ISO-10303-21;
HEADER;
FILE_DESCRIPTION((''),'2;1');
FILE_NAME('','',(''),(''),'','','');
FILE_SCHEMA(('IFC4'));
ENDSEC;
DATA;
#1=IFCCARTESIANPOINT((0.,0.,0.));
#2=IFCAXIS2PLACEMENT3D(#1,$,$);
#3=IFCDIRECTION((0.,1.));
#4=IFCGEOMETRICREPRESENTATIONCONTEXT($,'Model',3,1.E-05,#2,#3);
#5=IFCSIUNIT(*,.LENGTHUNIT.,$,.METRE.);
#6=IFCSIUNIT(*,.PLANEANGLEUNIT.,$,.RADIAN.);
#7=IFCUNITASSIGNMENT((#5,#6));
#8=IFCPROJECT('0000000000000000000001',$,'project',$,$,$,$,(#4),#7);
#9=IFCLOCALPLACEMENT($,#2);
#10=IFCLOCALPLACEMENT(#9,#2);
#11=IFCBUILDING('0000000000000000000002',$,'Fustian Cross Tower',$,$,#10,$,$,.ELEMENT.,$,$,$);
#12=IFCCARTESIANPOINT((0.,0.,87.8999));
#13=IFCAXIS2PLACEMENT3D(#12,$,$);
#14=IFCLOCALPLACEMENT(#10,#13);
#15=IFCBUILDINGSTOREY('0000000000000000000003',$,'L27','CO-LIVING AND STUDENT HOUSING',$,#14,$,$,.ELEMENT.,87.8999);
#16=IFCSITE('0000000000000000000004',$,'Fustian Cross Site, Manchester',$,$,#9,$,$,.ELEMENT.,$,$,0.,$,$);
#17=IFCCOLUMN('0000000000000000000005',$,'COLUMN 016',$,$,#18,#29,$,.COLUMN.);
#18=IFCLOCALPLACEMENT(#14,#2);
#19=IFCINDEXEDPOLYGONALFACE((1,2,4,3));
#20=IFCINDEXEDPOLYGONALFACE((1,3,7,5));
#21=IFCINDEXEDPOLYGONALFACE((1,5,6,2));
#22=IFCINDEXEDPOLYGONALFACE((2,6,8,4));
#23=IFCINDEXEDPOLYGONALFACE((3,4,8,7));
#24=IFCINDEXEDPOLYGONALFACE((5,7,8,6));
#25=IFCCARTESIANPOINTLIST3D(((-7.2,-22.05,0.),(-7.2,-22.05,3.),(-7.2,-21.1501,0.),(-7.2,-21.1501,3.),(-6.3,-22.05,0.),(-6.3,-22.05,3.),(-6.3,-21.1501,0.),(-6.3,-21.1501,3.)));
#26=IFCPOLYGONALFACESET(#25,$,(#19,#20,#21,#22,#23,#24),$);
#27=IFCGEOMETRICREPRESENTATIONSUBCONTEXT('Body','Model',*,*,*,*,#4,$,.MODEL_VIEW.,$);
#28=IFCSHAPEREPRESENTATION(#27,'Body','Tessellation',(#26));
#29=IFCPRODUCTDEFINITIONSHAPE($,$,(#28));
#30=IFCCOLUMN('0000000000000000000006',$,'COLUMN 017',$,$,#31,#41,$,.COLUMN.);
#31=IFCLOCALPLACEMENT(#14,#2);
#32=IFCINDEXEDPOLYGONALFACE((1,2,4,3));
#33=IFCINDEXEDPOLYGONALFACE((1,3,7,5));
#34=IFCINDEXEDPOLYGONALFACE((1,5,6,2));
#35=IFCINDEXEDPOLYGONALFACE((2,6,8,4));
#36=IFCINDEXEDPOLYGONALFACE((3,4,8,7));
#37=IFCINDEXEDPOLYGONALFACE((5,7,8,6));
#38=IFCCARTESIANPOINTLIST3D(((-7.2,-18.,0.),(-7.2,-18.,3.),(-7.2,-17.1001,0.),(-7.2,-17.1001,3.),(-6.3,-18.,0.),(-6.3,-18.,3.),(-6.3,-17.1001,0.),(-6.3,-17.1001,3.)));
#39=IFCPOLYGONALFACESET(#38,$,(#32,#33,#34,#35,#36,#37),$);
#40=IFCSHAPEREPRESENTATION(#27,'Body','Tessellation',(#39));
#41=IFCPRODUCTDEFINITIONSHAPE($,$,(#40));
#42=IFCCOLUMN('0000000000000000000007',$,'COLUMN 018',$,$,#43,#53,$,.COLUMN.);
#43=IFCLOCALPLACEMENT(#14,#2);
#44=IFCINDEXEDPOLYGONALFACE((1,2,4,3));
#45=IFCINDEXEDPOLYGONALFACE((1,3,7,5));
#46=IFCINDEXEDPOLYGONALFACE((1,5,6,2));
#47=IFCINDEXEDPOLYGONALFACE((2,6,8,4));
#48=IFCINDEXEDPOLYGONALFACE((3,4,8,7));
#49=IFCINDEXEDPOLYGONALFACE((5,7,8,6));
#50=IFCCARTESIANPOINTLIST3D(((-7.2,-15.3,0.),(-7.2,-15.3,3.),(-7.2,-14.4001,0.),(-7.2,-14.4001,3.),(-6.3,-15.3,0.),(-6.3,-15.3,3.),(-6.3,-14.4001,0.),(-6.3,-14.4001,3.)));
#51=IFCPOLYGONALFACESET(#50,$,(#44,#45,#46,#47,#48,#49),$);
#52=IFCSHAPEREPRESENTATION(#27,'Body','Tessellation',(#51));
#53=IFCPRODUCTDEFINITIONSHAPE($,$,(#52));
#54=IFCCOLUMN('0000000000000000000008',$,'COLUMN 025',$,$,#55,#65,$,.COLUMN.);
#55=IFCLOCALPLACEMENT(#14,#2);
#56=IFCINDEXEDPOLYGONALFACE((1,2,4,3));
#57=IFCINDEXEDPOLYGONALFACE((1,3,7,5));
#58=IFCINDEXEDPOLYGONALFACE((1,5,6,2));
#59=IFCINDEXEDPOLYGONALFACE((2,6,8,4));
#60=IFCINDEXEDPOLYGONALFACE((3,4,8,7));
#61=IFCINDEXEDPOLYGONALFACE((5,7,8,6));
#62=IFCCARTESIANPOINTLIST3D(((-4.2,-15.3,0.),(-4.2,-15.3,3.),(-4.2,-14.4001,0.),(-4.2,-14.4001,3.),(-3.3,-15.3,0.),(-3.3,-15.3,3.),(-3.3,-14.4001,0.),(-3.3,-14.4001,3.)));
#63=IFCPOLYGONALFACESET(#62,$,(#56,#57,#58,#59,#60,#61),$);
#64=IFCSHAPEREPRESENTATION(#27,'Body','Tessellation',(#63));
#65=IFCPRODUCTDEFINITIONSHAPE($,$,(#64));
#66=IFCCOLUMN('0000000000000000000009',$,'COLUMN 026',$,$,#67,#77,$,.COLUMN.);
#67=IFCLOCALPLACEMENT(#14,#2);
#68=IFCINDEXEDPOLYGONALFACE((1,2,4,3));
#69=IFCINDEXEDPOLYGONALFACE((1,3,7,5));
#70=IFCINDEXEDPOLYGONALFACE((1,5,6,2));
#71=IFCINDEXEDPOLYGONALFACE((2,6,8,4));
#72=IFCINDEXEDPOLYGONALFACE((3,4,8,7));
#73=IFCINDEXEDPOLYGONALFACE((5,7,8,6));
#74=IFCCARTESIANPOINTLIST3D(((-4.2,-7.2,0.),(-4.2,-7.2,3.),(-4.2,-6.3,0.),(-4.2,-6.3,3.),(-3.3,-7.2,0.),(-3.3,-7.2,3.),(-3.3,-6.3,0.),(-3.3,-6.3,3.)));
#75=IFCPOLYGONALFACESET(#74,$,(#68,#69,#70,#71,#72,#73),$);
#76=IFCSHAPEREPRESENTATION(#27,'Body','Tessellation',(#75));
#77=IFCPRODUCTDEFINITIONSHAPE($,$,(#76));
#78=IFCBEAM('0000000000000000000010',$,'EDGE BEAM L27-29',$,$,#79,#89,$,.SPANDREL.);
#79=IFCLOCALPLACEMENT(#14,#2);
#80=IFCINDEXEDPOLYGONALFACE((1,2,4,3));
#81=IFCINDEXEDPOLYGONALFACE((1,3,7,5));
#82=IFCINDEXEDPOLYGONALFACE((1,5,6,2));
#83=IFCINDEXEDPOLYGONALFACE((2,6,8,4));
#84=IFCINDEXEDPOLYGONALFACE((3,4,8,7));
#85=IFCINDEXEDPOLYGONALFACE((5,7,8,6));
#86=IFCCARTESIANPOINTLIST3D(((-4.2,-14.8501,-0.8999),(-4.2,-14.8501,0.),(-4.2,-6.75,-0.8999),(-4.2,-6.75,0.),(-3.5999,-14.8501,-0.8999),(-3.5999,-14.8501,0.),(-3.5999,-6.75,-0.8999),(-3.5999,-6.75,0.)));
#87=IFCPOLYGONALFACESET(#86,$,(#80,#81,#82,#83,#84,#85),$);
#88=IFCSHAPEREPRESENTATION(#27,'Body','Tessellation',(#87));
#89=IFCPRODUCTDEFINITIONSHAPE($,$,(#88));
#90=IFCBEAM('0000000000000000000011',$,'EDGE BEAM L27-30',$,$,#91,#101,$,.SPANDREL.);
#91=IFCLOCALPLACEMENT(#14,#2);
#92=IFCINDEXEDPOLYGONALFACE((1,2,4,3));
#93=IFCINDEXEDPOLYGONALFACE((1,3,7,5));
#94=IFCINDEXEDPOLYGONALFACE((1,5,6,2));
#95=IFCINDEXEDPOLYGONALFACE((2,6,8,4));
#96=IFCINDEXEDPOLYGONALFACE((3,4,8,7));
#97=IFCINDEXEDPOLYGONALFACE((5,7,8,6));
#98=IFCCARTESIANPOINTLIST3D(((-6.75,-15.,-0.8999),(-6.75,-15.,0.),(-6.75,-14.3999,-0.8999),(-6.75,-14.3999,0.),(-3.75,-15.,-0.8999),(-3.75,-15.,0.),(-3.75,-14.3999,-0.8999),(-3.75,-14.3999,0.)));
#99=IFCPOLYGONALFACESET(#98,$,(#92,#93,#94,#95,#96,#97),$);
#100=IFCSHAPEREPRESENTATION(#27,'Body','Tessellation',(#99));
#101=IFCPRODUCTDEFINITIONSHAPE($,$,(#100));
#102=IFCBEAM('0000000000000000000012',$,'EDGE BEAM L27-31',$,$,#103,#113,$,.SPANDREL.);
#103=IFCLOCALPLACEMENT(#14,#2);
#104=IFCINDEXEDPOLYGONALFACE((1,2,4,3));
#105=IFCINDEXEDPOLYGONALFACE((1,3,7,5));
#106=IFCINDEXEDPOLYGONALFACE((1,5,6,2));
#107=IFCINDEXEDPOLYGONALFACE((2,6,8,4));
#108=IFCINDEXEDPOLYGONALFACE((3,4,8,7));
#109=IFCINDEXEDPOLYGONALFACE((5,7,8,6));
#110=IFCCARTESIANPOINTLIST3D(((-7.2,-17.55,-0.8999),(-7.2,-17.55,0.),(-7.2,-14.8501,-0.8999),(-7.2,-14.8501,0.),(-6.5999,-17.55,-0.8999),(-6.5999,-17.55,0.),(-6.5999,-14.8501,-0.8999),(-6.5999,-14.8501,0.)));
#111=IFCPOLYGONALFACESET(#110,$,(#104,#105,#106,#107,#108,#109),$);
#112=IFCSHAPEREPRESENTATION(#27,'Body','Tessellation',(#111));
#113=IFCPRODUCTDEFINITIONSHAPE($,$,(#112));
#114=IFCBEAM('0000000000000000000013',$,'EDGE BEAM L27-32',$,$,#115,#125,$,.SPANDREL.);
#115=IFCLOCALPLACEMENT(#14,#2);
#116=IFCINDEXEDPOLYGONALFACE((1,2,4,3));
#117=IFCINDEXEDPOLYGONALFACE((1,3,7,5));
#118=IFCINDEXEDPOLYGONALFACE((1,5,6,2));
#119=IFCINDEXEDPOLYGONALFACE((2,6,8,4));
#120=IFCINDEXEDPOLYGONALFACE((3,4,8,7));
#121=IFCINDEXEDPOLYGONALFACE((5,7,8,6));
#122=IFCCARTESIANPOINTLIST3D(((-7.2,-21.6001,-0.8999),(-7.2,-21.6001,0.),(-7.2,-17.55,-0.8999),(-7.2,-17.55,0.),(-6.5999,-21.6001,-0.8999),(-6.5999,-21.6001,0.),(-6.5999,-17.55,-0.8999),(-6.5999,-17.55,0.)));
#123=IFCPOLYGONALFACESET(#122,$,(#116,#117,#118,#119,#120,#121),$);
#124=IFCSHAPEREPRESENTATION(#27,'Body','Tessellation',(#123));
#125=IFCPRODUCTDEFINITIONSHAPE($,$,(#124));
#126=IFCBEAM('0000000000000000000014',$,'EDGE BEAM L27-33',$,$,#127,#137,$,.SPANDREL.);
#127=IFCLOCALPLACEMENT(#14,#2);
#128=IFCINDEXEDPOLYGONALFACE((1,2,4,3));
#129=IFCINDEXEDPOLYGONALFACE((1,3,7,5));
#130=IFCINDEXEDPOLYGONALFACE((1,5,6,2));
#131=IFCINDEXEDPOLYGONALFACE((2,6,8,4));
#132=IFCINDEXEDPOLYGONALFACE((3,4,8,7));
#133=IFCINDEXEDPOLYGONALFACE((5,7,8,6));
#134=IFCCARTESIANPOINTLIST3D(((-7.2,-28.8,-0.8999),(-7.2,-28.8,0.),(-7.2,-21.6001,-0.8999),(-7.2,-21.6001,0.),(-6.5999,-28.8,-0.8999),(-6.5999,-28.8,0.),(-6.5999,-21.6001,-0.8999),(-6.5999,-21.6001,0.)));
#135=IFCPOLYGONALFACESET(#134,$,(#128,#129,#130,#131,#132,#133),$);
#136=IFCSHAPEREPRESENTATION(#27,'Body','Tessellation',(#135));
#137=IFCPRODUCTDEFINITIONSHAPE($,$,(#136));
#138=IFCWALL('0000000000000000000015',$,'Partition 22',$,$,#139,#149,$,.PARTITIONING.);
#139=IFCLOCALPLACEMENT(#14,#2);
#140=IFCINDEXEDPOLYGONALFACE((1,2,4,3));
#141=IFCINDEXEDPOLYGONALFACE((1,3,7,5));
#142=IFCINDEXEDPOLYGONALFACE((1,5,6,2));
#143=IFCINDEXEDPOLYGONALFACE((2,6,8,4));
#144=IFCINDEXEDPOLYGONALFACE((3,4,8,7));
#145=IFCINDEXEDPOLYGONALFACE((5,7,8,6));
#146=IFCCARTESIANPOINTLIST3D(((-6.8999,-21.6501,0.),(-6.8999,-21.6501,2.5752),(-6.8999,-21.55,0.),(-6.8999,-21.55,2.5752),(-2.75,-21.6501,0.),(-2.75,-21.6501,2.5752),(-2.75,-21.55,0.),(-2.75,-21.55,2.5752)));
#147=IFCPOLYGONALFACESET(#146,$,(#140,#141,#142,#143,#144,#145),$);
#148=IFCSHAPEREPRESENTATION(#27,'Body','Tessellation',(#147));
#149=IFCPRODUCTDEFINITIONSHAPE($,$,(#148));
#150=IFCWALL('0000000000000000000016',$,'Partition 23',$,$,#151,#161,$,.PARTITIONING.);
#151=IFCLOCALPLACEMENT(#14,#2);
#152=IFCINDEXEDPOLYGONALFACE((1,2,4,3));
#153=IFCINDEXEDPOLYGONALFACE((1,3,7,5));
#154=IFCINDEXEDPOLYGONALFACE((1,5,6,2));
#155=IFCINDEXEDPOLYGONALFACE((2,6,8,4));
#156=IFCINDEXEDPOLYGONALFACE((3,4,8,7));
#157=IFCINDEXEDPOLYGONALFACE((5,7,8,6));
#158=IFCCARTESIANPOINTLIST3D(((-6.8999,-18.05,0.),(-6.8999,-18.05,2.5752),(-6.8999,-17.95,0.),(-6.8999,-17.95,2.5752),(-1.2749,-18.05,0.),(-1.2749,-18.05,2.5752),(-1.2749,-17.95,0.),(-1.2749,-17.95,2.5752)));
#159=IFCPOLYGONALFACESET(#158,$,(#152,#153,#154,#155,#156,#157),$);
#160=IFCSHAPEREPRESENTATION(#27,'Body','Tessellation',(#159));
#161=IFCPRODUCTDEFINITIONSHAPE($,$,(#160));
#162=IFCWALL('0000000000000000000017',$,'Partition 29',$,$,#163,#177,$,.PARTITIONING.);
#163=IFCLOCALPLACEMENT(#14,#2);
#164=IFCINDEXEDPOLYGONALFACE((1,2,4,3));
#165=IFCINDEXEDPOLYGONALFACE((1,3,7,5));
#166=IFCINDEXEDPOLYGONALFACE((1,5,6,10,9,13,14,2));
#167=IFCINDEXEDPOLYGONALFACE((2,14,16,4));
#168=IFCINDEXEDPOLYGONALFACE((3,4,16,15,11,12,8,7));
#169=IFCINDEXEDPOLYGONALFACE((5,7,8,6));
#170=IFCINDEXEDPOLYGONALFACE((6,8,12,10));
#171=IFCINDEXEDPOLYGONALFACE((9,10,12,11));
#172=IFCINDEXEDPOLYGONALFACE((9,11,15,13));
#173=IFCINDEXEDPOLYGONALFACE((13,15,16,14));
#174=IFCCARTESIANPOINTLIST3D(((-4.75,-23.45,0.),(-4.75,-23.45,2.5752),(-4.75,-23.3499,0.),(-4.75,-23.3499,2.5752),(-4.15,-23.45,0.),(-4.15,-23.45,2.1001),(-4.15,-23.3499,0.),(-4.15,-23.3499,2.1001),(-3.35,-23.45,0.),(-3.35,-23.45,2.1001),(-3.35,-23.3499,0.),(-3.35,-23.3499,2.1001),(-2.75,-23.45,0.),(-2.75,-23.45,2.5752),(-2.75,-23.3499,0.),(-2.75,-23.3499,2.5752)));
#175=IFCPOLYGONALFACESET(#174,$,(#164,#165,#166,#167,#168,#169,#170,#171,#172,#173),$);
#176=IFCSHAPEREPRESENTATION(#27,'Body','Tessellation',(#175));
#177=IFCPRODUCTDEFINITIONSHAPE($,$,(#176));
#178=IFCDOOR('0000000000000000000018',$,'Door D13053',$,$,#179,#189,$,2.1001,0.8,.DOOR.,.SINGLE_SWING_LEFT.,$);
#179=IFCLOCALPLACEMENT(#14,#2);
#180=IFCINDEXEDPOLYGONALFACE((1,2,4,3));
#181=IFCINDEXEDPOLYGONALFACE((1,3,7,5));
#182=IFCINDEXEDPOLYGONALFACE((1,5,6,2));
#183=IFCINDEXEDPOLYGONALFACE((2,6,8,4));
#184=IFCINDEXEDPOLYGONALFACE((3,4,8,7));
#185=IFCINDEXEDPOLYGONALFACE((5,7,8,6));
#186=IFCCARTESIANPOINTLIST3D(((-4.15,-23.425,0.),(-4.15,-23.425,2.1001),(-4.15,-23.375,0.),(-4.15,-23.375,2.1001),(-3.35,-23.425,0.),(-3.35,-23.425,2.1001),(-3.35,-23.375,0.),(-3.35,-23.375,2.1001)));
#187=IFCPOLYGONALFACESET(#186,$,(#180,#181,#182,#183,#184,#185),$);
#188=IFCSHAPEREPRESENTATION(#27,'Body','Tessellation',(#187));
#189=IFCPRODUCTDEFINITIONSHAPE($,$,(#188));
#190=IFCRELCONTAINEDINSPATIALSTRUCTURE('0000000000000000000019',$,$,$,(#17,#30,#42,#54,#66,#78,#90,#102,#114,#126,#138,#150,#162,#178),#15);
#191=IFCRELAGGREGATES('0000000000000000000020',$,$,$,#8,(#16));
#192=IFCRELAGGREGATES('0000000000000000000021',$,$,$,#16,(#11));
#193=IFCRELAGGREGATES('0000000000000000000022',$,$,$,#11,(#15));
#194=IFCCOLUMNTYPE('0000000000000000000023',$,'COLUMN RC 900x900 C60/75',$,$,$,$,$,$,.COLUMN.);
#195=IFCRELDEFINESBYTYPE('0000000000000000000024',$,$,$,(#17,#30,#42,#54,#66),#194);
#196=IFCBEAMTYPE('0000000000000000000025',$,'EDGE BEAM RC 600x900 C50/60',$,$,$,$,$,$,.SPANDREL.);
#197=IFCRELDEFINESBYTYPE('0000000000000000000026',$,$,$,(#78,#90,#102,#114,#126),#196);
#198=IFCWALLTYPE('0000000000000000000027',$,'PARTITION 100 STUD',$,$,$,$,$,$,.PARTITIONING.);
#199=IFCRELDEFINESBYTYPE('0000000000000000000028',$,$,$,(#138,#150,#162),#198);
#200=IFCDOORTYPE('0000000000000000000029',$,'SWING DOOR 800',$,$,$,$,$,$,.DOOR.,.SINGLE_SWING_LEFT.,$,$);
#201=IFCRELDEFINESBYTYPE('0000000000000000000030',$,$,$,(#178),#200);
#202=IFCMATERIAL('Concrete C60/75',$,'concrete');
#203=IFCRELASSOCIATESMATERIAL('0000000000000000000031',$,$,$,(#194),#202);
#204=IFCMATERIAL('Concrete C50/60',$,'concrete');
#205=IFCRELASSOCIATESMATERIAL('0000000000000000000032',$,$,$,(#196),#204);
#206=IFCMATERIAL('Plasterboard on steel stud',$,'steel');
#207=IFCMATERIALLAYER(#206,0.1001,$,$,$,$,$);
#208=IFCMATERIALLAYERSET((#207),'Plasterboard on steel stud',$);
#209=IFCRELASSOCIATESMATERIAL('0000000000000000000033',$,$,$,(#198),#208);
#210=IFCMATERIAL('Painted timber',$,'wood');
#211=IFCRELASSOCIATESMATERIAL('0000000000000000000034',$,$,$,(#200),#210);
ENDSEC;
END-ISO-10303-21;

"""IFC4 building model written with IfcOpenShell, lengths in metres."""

from ifc_helpers import new_model, si_unit, direction, frame, frame_2d, origin, origin_2d, place, context, subcontext, project, spatial, rectangle, extrude, material, layer, layer_set, material_profile, profile_set, type_object, element, fill, save


model = new_model("IFC4")

# Units and contexts
model_context = context("Model", 3, precision=1e-05, world=origin(), true_north=direction((0.0, 1.0)))
body_context = subcontext(model_context, "Body", "Model", "MODEL_VIEW")
ifc_project = project(units=[si_unit("LENGTHUNIT", "METRE"), si_unit("PLANEANGLEUNIT", "RADIAN")], contexts=[model_context])

# Site, building, storey
site_placement = place(None, origin())
site = spatial("IfcSite", under=ifc_project, at=site_placement, Name="Fustian Cross Site, Manchester", CompositionType="ELEMENT", RefElevation=0.0)
building_placement = place(site_placement, origin())
building = spatial("IfcBuilding", under=site, at=building_placement, Name="Fustian Cross Tower", CompositionType="ELEMENT")
storey_placement = place(building_placement, frame((0.0, 0.0, 87.8999)))
storey = spatial("IfcBuildingStorey", under=building, at=storey_placement, Name="L27", Description="CO-LIVING AND STUDENT HOUSING", CompositionType="ELEMENT", Elevation=87.8999)

# Columns
ifc_material_1 = material(Name="Concrete C60/75", Category="concrete")
ifc_material_profile_1 = material_profile(ifc_material_1, rectangle(XDim=0.8999, YDim=0.8999, at=origin_2d()), Name="RC 900x900")
ifc_profile_set_1 = profile_set([ifc_material_profile_1], Name="Concrete C60/75")
column_type = type_object("IfcColumnType", Name="COLUMN RC 900x900 C60/75", PredefinedType="COLUMN", material=ifc_profile_set_1)
for number, where, z_axis, x_axis, name in (
    (1, (-6.75, -21.6001, 0.0), (0.0, 0.0, 1.0), (1.0, 0.0, 0.0), "COLUMN 016"),
    (2, (-6.75, -17.55, 0.0), (0.0, 0.0, 1.0), (1.0, 0.0, 0.0), "COLUMN 017"),
    (3, (-6.75, -14.8501, 0.0), (0.0, 0.0, 1.0), (1.0, 0.0, 0.0), "COLUMN 018"),
    (4, (-3.75, -14.8501, 0.0), (0.0, 0.0, 1.0), (1.0, 0.0, 0.0), "COLUMN 025"),
    (5, (-3.75, -6.75, 0.0), (0.0, 0.0, 1.0), (1.0, 0.0, 0.0), "COLUMN 026"),
):
    element("IfcColumn", number, at=place(storey_placement, frame(where, z_axis=z_axis, x_axis=x_axis)), inside=storey, type_object=column_type, Name=name, PredefinedType="COLUMN", context=body_context, shape_type="SweptSolid", body=[
        extrude(rectangle(XDim=0.8999, YDim=0.8999, at=origin_2d()), origin(), (0.0, 0.0, 1.0), 3.0),
    ])

# Beams
ifc_material_2 = material(Name="Concrete C50/60", Category="concrete")
ifc_material_profile_2 = material_profile(ifc_material_2, rectangle(XDim=0.6001, YDim=0.8999, at=origin_2d()), Name="RC 600x900")
ifc_profile_set_2 = profile_set([ifc_material_profile_2], Name="Concrete C50/60")
beam_type = type_object("IfcBeamType", Name="EDGE BEAM RC 600x900 C50/60", PredefinedType="SPANDREL", material=ifc_profile_set_2)
beam_1_placement = place(storey_placement, frame((-3.8999, -6.75, -0.45), z_axis=(0.0, -1.0, 0.0), x_axis=(1.0, 0.0, 0.0)))
element("IfcBeam", 6, at=beam_1_placement, inside=storey, type_object=beam_type, Name="EDGE BEAM L27-29", PredefinedType="SPANDREL", context=body_context, shape_type="SweptSolid", body=[
    extrude(rectangle(XDim=0.6001, YDim=0.8999, at=origin_2d()), origin(), (0.0, 0.0, 1.0), 8.1001),
])
beam_2_placement = place(storey_placement, frame((-3.75, -14.7, -0.45), z_axis=(-1.0, 0.0, 0.0), x_axis=(0.0, -1.0, 0.0)))
element("IfcBeam", 7, at=beam_2_placement, inside=storey, type_object=beam_type, Name="EDGE BEAM L27-30", PredefinedType="SPANDREL", context=body_context, shape_type="SweptSolid", body=[
    extrude(rectangle(XDim=0.6001, YDim=0.8999, at=origin_2d()), origin(), (0.0, 0.0, 1.0), 3.0),
])
beam_3_placement = place(storey_placement, frame((-6.8999, -14.8501, -0.45), z_axis=(0.0, -1.0, 0.0), x_axis=(1.0, 0.0, 0.0)))
element("IfcBeam", 8, at=beam_3_placement, inside=storey, type_object=beam_type, Name="EDGE BEAM L27-31", PredefinedType="SPANDREL", context=body_context, shape_type="SweptSolid", body=[
    extrude(rectangle(XDim=0.6001, YDim=0.8999, at=origin_2d()), origin(), (0.0, 0.0, 1.0), 2.7),
])
beam_4_placement = place(storey_placement, frame((-6.8999, -17.55, -0.45), z_axis=(0.0, -1.0, 0.0), x_axis=(1.0, 0.0, 0.0)))
element("IfcBeam", 9, at=beam_4_placement, inside=storey, type_object=beam_type, Name="EDGE BEAM L27-32", PredefinedType="SPANDREL", context=body_context, shape_type="SweptSolid", body=[
    extrude(rectangle(XDim=0.6001, YDim=0.8999, at=origin_2d()), origin(), (0.0, 0.0, 1.0), 4.05),
])
beam_5_placement = place(storey_placement, frame((-6.8999, -21.6001, -0.45), z_axis=(0.0, -1.0, 0.0), x_axis=(1.0, 0.0, 0.0)))
element("IfcBeam", 10, at=beam_5_placement, inside=storey, type_object=beam_type, Name="EDGE BEAM L27-33", PredefinedType="SPANDREL", context=body_context, shape_type="SweptSolid", body=[
    extrude(rectangle(XDim=0.6001, YDim=0.8999, at=origin_2d()), origin(), (0.0, 0.0, 1.0), 7.2),
])

# Walls
ifc_material_3 = material(Name="Plasterboard on steel stud", Category="steel")
ifc_layer_1 = layer(ifc_material_3, 0.1001)
ifc_layer_set_1 = layer_set([ifc_layer_1], Name="Plasterboard on steel stud")
wall_type_1 = type_object("IfcWallType", Name="PARTITION 100 STUD", PredefinedType="PARTITIONING", material=ifc_layer_set_1)
wall_1_placement = place(storey_placement, frame((-6.8999, -21.6001, 0.0), z_axis=(0.0, 0.0, 1.0), x_axis=(1.0, 0.0, 0.0)))
element("IfcWall", 11, at=wall_1_placement, inside=storey, type_object=wall_type_1, Name="Partition 22", PredefinedType="PARTITIONING", context=body_context, shape_type="SweptSolid", body=[
    extrude(rectangle(XDim=4.1499, YDim=0.1001, at=frame_2d((2.075, 0.0))), origin(), (0.0, 0.0, 1.0), 2.5752),
])
wall_2_placement = place(storey_placement, frame((-6.8999, -18.0, 0.0), z_axis=(0.0, 0.0, 1.0), x_axis=(1.0, 0.0, 0.0)))
element("IfcWall", 12, at=wall_2_placement, inside=storey, type_object=wall_type_1, Name="Partition 23", PredefinedType="PARTITIONING", context=body_context, shape_type="SweptSolid", body=[
    extrude(rectangle(XDim=5.625, YDim=0.1001, at=frame_2d((2.8125, 0.0))), origin(), (0.0, 0.0, 1.0), 2.5752),
])

# Wall, opening, door
wall_3_placement = place(storey_placement, frame((-4.75, -23.3999, 0.0), z_axis=(0.0, 0.0, 1.0), x_axis=(1.0, 0.0, 0.0)))
wall_3 = element("IfcWall", 13, at=wall_3_placement, inside=storey, type_object=wall_type_1, Name="Partition 29", PredefinedType="PARTITIONING", context=body_context, shape_type="SweptSolid", body=[
    extrude(rectangle(XDim=2.0, YDim=0.1001, at=frame_2d((1.0, 0.0))), origin(), (0.0, 0.0, 1.0), 2.5752),
])
opening_1_placement = place(wall_3_placement, frame((0.6001, 0.0, 0.0)))
opening_1 = element("IfcOpeningElement", 14, at=opening_1_placement, cuts=wall_3, PredefinedType="OPENING", context=body_context, shape_type="SweptSolid", body=[
    extrude(rectangle(XDim=0.8, YDim=2.1001, at=frame_2d((0.3999, 1.05))), frame((0.0, 0.0601, 0.0), z_axis=(0.0, -1.0, 0.0), x_axis=(1.0, 0.0, 0.0)), (0.0, 0.0, 1.0), 0.1201),
])
ifc_material_4 = material(Name="Painted timber", Category="wood")
door_type_1 = type_object("IfcDoorType", Name="SWING DOOR 800", OperationType="SINGLE_SWING_LEFT", PredefinedType="DOOR", material=ifc_material_4)
door_1_placement = place(opening_1_placement, origin())
door_1 = element("IfcDoor", 15, at=door_1_placement, inside=storey, type_object=door_type_1, Name="Door D13053", OperationType="SINGLE_SWING_LEFT", OverallHeight=2.1001, OverallWidth=0.8, PredefinedType="DOOR", context=body_context, shape_type="SweptSolid", body=[
    extrude(rectangle(XDim=0.8, YDim=2.1001, at=frame_2d((0.3999, 1.05))), frame((0.0, 0.0249, 0.0), z_axis=(0.0, -1.0, 0.0), x_axis=(1.0, 0.0, 0.0)), (0.0, 0.0, 1.0), 0.05),
])
fill(opening_1, door_1)

save(model, "model.ifc")
